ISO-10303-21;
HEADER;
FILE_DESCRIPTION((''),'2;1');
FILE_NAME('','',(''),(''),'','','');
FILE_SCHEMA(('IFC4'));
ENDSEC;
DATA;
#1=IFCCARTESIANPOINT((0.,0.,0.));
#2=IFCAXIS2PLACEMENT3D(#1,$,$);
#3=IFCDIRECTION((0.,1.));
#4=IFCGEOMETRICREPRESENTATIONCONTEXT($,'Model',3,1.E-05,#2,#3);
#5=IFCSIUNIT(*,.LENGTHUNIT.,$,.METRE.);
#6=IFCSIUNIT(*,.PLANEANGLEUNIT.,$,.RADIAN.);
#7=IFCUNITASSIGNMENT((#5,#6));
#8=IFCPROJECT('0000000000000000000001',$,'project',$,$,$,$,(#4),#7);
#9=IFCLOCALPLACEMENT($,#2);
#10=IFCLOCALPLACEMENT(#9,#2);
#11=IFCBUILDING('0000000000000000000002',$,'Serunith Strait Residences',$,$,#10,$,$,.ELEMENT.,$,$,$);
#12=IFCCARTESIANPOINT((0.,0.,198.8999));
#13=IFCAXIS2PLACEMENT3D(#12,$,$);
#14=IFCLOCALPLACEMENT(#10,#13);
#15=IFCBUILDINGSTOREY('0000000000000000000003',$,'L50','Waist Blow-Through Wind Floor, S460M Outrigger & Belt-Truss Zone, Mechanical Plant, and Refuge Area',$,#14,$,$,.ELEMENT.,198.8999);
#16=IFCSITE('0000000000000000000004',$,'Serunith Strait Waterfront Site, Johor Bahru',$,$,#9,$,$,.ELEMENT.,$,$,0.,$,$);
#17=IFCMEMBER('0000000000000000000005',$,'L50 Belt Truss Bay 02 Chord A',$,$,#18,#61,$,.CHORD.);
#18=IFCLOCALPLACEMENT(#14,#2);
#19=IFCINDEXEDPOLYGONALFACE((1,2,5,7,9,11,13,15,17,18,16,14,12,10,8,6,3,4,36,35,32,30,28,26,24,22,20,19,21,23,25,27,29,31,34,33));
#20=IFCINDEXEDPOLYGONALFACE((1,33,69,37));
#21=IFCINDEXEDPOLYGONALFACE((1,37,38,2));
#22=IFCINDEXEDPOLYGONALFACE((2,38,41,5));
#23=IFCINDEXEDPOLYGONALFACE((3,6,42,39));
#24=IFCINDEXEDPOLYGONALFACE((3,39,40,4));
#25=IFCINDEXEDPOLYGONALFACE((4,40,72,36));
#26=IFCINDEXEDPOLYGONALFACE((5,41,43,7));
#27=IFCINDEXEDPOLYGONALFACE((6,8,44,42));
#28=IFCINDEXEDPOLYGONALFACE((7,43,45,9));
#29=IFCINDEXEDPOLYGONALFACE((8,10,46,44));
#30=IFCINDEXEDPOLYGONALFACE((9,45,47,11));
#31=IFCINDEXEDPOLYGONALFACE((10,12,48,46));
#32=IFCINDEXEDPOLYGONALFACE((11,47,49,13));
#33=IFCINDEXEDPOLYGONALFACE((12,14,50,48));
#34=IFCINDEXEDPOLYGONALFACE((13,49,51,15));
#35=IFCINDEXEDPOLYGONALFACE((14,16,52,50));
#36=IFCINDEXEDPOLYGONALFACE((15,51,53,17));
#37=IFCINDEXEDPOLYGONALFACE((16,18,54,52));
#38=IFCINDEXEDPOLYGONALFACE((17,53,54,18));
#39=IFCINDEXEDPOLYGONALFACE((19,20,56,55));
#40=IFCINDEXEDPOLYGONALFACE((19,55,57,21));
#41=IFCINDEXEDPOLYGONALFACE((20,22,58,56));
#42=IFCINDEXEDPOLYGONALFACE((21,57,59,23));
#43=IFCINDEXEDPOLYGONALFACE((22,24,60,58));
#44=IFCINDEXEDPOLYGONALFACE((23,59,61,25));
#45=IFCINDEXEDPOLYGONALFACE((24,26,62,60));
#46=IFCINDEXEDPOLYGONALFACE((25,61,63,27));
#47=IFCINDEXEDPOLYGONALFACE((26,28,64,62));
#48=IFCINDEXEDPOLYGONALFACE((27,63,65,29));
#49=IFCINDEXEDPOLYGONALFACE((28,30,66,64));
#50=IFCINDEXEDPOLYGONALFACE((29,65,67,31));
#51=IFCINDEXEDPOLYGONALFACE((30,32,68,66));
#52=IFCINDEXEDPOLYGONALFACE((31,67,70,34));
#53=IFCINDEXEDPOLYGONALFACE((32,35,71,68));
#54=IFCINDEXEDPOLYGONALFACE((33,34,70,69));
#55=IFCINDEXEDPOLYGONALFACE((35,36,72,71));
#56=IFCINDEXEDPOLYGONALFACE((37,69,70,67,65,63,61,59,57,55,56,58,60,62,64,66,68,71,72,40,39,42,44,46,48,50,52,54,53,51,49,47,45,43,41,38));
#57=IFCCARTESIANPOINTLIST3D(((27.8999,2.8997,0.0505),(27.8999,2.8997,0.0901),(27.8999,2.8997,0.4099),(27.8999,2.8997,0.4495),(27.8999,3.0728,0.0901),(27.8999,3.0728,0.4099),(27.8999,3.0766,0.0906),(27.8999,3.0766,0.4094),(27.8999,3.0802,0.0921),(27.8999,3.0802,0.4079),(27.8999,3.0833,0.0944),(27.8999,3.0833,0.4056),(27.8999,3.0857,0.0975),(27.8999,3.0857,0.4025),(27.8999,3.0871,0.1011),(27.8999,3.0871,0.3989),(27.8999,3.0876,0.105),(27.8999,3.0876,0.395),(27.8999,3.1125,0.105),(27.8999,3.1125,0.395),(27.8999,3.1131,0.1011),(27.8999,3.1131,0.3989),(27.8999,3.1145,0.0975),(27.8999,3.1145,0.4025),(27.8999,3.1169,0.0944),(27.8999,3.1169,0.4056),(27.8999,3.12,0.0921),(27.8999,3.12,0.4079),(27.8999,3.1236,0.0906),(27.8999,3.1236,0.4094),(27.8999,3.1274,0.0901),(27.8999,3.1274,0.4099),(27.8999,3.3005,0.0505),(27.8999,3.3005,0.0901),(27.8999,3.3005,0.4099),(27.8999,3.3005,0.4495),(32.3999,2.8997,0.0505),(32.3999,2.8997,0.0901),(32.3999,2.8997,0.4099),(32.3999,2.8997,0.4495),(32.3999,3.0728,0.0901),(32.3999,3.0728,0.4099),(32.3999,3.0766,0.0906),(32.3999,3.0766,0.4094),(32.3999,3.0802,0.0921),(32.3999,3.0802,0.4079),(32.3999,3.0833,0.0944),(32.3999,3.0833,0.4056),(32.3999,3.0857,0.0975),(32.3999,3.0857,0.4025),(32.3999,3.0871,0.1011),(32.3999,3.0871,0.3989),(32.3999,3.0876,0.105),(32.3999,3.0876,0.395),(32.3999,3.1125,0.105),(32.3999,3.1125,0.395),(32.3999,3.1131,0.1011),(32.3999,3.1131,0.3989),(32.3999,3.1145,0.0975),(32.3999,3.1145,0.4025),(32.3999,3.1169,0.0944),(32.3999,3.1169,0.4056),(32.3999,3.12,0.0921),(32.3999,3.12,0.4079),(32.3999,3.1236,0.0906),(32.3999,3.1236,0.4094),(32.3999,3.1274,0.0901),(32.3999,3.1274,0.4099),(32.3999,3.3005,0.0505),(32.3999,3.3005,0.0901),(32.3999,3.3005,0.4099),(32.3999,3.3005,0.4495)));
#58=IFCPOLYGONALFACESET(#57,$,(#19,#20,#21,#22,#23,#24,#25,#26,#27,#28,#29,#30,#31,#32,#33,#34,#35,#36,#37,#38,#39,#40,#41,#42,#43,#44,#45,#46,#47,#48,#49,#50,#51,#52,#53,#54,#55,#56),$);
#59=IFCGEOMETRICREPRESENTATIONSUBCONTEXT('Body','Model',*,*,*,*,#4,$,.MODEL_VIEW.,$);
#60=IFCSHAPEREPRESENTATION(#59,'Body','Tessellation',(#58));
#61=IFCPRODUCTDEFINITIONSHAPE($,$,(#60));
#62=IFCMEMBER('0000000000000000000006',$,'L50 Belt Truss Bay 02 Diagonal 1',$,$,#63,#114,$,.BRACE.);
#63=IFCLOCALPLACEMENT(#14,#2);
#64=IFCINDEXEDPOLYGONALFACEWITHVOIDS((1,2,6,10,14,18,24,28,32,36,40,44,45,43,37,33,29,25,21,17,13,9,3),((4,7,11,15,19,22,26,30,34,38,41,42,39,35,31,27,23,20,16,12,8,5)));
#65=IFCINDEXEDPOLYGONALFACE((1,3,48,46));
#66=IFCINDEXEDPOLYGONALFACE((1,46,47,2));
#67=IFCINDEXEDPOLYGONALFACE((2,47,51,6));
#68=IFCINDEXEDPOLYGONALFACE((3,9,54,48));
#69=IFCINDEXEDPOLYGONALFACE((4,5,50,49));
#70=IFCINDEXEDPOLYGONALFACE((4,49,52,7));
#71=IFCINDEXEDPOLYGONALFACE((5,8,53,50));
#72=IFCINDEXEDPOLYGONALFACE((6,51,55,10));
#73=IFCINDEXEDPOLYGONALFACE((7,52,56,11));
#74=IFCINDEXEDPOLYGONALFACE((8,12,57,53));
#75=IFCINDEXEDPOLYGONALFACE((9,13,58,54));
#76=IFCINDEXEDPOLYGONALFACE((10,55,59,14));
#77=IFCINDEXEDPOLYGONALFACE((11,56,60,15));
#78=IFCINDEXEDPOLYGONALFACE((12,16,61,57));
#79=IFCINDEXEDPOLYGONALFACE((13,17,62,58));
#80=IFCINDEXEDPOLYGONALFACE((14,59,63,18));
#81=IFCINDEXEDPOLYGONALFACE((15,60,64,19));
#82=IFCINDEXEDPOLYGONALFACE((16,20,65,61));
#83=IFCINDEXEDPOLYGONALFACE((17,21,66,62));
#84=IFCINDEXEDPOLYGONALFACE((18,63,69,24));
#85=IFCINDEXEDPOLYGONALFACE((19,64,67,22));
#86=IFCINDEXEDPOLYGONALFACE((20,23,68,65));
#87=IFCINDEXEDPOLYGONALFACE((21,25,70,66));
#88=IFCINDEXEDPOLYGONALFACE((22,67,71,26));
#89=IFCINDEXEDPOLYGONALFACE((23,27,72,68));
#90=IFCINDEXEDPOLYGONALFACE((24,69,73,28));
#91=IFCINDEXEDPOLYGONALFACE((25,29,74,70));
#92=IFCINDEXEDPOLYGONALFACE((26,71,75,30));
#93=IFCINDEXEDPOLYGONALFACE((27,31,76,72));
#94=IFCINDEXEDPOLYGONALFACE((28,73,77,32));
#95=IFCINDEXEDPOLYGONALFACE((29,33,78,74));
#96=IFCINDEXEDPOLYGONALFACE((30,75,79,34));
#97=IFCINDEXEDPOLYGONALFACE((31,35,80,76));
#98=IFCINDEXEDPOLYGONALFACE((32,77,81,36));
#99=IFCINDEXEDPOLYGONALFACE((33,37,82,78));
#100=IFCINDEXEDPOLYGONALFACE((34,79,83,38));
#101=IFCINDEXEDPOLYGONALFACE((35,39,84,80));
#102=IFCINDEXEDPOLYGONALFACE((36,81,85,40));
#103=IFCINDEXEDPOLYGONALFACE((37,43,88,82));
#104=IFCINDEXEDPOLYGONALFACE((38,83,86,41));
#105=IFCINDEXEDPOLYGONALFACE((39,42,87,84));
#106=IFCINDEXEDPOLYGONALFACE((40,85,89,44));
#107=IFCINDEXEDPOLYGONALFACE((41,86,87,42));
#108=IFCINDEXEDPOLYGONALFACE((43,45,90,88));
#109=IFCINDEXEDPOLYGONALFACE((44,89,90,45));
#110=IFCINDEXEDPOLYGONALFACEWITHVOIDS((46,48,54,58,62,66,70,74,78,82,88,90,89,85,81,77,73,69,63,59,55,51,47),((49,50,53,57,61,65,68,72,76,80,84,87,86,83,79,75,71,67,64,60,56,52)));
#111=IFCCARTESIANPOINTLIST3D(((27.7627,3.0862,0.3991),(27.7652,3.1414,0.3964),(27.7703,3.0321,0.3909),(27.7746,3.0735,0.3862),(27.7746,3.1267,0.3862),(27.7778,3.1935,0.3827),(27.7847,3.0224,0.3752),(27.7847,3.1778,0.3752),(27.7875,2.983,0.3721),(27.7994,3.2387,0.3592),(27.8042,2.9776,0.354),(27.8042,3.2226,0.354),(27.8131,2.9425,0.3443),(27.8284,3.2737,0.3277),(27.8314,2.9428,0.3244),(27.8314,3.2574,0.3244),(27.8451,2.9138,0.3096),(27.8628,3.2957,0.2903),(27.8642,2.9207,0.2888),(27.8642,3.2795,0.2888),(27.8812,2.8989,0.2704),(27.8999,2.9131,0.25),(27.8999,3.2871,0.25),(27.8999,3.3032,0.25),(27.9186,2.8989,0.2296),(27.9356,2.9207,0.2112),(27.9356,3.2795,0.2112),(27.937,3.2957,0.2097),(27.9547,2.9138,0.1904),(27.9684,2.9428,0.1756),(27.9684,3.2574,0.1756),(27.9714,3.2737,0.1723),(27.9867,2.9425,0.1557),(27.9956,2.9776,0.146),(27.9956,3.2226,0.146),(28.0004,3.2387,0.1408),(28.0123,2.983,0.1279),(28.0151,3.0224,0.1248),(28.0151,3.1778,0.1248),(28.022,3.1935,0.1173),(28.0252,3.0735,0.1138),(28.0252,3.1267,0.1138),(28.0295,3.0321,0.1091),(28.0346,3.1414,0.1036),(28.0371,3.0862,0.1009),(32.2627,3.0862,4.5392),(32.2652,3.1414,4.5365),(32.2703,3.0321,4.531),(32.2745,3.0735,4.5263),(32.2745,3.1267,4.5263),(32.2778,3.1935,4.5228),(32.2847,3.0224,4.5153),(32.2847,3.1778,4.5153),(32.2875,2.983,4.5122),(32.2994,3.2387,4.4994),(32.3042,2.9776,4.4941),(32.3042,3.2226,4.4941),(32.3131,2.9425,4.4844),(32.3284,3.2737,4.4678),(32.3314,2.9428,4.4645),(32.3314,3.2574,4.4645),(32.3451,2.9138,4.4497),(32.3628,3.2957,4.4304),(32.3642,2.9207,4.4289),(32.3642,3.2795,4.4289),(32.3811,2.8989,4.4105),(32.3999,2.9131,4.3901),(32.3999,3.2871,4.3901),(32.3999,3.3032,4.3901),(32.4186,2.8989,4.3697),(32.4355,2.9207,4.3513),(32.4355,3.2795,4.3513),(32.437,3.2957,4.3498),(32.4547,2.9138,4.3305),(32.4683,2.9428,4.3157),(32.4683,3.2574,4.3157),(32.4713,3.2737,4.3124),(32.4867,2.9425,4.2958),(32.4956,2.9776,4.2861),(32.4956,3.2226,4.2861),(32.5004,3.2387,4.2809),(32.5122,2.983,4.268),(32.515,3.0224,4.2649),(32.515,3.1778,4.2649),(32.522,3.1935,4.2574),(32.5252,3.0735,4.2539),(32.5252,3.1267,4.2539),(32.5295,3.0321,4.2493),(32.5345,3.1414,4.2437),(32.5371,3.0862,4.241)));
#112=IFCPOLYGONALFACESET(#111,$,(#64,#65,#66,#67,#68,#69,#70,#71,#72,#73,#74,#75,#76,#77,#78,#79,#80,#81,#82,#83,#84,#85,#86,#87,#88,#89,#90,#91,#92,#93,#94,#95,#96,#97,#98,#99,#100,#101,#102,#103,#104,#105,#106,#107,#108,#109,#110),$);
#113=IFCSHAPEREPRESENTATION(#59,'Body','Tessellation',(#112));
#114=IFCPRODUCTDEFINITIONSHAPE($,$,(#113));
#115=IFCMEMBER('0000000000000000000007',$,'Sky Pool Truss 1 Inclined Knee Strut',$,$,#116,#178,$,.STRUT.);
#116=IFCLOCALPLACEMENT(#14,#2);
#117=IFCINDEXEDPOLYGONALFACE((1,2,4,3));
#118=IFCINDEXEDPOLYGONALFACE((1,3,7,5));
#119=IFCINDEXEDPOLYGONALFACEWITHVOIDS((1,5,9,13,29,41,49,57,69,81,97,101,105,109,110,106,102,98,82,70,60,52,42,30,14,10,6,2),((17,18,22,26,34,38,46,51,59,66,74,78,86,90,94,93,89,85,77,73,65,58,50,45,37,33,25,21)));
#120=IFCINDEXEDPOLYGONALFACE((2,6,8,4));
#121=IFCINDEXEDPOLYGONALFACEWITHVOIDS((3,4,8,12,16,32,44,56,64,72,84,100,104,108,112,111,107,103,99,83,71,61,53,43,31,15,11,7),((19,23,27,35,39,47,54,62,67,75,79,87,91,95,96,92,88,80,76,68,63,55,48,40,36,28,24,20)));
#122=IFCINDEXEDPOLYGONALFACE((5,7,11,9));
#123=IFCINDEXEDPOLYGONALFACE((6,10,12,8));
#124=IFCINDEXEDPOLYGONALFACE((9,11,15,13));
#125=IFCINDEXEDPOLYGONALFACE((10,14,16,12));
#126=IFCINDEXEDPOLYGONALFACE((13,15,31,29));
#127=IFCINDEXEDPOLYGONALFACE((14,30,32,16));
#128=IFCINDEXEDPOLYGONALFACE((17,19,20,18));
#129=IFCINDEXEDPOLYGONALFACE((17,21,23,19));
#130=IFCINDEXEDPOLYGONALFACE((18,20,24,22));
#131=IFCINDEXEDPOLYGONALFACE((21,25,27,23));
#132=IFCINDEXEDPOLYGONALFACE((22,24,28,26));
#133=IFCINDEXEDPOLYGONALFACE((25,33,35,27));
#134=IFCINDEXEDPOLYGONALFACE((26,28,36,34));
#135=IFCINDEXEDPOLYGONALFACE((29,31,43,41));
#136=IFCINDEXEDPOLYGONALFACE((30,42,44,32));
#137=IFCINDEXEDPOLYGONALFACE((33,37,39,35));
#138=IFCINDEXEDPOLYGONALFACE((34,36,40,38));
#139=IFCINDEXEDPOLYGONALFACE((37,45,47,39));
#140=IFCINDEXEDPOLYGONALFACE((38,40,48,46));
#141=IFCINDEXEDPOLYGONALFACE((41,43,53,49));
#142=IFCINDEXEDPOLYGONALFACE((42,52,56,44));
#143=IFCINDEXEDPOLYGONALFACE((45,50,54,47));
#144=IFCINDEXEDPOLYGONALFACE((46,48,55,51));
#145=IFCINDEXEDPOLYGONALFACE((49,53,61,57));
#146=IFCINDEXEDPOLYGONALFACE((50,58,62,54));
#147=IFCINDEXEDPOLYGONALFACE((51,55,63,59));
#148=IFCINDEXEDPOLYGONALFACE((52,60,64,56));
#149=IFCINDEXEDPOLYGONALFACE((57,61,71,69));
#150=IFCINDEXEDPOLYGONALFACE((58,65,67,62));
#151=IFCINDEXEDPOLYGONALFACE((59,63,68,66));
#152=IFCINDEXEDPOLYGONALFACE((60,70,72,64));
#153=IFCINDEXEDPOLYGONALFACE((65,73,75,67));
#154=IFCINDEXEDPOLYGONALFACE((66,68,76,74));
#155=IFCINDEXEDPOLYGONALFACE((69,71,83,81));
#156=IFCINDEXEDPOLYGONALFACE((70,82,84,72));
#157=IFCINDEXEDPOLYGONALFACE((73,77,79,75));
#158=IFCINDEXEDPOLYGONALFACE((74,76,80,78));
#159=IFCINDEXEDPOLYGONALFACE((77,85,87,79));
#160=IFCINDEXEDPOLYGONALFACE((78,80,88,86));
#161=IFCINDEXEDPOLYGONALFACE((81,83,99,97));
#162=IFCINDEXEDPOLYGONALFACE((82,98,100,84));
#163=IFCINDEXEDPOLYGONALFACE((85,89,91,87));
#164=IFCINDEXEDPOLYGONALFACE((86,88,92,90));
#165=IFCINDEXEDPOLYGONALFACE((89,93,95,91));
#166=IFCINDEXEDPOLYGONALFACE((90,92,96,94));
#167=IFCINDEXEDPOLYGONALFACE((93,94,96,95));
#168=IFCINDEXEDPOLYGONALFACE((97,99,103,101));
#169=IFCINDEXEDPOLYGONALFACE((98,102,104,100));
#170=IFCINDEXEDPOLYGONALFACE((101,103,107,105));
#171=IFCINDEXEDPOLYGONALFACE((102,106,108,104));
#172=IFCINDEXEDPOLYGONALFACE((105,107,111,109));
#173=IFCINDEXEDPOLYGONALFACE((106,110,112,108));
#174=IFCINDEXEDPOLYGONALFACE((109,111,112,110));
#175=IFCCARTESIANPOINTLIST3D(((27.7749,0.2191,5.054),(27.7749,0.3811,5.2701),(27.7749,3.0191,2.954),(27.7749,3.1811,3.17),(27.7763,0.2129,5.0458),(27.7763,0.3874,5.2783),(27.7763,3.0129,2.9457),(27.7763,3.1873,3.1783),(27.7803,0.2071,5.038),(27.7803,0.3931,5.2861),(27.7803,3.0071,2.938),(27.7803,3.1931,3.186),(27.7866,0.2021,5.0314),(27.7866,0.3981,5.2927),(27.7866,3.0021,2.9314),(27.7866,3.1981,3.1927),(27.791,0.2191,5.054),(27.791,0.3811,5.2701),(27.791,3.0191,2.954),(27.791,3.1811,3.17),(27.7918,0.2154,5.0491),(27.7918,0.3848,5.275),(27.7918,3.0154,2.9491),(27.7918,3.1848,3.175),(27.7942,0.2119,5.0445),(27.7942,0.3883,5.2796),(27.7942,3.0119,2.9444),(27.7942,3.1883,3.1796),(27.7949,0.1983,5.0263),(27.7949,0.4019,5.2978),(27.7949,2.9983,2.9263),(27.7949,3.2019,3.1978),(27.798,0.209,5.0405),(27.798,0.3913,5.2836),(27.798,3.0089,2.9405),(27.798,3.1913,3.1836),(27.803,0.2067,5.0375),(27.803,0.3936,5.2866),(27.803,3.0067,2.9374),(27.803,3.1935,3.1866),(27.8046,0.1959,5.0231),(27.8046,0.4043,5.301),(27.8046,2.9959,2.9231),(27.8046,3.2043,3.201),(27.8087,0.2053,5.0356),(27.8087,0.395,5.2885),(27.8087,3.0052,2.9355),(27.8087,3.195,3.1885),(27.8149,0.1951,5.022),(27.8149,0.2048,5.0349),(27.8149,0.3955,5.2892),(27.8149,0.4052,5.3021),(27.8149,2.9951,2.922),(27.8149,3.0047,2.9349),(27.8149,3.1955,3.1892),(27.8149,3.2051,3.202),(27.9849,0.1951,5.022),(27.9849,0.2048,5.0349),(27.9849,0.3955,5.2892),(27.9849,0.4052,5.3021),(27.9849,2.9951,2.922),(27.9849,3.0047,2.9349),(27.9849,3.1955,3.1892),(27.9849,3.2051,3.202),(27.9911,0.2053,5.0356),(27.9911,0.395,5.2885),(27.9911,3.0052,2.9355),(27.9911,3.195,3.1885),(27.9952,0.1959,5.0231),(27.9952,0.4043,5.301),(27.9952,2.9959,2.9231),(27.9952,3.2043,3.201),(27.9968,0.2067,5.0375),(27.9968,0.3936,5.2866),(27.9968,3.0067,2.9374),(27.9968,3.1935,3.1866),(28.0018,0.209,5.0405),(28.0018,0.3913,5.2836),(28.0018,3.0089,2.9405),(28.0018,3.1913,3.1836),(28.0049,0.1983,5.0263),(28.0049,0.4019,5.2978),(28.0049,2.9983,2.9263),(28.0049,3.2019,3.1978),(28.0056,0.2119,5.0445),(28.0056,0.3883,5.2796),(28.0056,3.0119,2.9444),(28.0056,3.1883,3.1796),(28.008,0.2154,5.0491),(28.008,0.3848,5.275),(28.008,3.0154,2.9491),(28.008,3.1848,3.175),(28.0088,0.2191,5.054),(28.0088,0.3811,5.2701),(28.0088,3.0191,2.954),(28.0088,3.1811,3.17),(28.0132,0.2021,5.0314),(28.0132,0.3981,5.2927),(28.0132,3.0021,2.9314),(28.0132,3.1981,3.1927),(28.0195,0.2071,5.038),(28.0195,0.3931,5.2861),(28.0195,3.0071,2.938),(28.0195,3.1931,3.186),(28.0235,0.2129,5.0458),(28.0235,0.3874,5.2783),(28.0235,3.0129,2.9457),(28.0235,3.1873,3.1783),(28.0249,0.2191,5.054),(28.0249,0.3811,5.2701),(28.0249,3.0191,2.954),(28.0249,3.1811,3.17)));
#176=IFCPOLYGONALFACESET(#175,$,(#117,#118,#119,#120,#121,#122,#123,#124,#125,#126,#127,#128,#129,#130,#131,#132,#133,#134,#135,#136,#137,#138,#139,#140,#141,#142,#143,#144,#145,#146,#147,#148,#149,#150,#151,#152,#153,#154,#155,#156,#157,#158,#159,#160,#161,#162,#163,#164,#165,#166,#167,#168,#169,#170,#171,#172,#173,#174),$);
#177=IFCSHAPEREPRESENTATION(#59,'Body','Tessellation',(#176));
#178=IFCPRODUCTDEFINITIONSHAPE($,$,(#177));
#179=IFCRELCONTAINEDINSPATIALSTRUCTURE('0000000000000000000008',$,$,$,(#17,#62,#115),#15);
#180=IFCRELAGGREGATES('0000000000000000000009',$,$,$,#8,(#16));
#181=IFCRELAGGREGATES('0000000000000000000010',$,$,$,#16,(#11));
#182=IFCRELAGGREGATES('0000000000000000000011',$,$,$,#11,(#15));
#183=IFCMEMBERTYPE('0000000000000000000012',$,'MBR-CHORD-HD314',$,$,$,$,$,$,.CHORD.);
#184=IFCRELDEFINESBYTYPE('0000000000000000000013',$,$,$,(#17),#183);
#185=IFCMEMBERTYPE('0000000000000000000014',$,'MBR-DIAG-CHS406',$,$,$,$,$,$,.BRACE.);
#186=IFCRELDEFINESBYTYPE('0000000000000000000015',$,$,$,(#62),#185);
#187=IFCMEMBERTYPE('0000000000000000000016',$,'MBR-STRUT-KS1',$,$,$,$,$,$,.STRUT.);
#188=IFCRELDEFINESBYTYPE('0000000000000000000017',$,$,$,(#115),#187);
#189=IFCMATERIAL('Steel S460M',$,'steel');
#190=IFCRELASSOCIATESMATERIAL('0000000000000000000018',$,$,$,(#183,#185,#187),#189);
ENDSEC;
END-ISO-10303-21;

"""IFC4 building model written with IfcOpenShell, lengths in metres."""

from ifc_helpers import new_model, si_unit, direction, frame, origin, origin_2d, place, context, subcontext, project, spatial, hollow_rectangle, hollow_circle, i_section, extrude, source, transform, mapped, material, material_profile, profile_set, type_object, element, save


model = new_model("IFC4")

# Units and contexts
model_context = context("Model", 3, precision=1e-05, world=origin(), true_north=direction((0.0, 1.0)))
body_context = subcontext(model_context, "Body", "Model", "MODEL_VIEW")
ifc_project = project(units=[si_unit("LENGTHUNIT", "METRE"), si_unit("PLANEANGLEUNIT", "RADIAN")], contexts=[model_context])

# Site, building, storey
site_placement = place(None, origin())
site = spatial("IfcSite", under=ifc_project, at=site_placement, Name="Serunith Strait Waterfront Site, Johor Bahru", CompositionType="ELEMENT", RefElevation=0.0)
building_placement = place(site_placement, origin())
building = spatial("IfcBuilding", under=site, at=building_placement, Name="Serunith Strait Residences", CompositionType="ELEMENT")
storey_placement = place(building_placement, frame((0.0, 0.0, 198.8999)))
storey = spatial("IfcBuildingStorey", under=building, at=storey_placement, Name="L50", Description="Waist Blow-Through Wind Floor, S460M Outrigger & Belt-Truss Zone, Mechanical Plant, and Refuge Area", CompositionType="ELEMENT", Elevation=198.8999)

# Members
ifc_material_1 = material(Name="Steel S460M", Category="steel")
ifc_material_profile_1 = material_profile(ifc_material_1, i_section(OverallWidth=0.4009, OverallDepth=0.3989, WebThickness=0.0249, FlangeThickness=0.0396, FilletRadius=0.0149, at=origin_2d()), Name="HD 400x314")
ifc_profile_set_1 = profile_set([ifc_material_profile_1], Name="Steel S460M")
member_type_1 = type_object("IfcMemberType", Name="MBR-CHORD-HD314", PredefinedType="CHORD", material=ifc_profile_set_1)
ifc_material_profile_2 = material_profile(ifc_material_1, hollow_circle(Radius=0.2031, WallThickness=0.0161, at=origin_2d()), Name="CHS 406.4x16")
ifc_profile_set_2 = profile_set([ifc_material_profile_2], Name="Steel S460M")
member_type_2 = type_object("IfcMemberType", Name="MBR-DIAG-CHS406", PredefinedType="BRACE", material=ifc_profile_set_2)
shared_shape_1 = source(origin(), body_context, "Body", "SweptSolid", [
    extrude(i_section(OverallWidth=0.4009, OverallDepth=0.3989, WebThickness=0.0249, FlangeThickness=0.0396, FilletRadius=0.0149, at=origin_2d()), origin(), (0.0, 0.0, 1.0), 4.5),
])
member_1_placement = place(storey_placement, frame((27.8999, 3.1001, 0.25), z_axis=(1.0, 0.0, 0.0), x_axis=(0.0, 1.0, 0.0)))
element("IfcMember", 1, at=member_1_placement, inside=storey, type_object=member_type_1, Name="L50 Belt Truss Bay 02 Chord A", PredefinedType="CHORD", context=body_context, shape_type="MappedRepresentation", body=[
    mapped(shared_shape_1, transform((0.0, 0.0, 0.0), scale=1.0)),
])
shared_shape_2 = source(origin(), body_context, "Body", "SweptSolid", [
    extrude(hollow_circle(Radius=0.2031, WallThickness=0.0161, at=origin_2d()), origin(), (0.0, 0.0, 1.0), 6.1147),
])
member_2_placement = place(storey_placement, frame((27.8999, 3.1001, 0.25), z_axis=(0.73592, 0.0, 0.677069), x_axis=(0.0, 1.0, 0.0)))
element("IfcMember", 2, at=member_2_placement, inside=storey, type_object=member_type_2, Name="L50 Belt Truss Bay 02 Diagonal 1", PredefinedType="BRACE", context=body_context, shape_type="MappedRepresentation", body=[
    mapped(shared_shape_2, transform((0.0, 0.0, 0.0), scale=1.0)),
])
ifc_material_profile_3 = material_profile(ifc_material_1, hollow_rectangle(XDim=0.25, YDim=0.3501, WallThickness=0.0161, InnerFilletRadius=0.0239, OuterFilletRadius=0.04, at=origin_2d()), Name="RHS 350x250x16")
ifc_profile_set_3 = profile_set([ifc_material_profile_3], Name="Steel S460M")
member_type_3 = type_object("IfcMemberType", Name="MBR-STRUT-KS1", PredefinedType="STRUT", material=ifc_profile_set_3)
shared_shape_3 = source(origin(), body_context, "Body", "SweptSolid", [
    extrude(hollow_rectangle(XDim=0.25, YDim=0.3501, WallThickness=0.0161, InnerFilletRadius=0.0239, OuterFilletRadius=0.04, at=origin_2d()), origin(), (0.0, 0.0, 1.0), 3.5),
])
member_3_placement = place(storey_placement, frame((27.8999, 3.1001, 3.062), z_axis=(0.0, -0.799992, 0.600011), x_axis=(1.0, 0.0, 0.0)))
element("IfcMember", 3, at=member_3_placement, inside=storey, type_object=member_type_3, Name="Sky Pool Truss 1 Inclined Knee Strut", PredefinedType="STRUT", context=body_context, shape_type="MappedRepresentation", body=[
    mapped(shared_shape_3, transform((0.0, 0.0, 0.0), scale=1.0)),
])

save(model, "model.ifc")
